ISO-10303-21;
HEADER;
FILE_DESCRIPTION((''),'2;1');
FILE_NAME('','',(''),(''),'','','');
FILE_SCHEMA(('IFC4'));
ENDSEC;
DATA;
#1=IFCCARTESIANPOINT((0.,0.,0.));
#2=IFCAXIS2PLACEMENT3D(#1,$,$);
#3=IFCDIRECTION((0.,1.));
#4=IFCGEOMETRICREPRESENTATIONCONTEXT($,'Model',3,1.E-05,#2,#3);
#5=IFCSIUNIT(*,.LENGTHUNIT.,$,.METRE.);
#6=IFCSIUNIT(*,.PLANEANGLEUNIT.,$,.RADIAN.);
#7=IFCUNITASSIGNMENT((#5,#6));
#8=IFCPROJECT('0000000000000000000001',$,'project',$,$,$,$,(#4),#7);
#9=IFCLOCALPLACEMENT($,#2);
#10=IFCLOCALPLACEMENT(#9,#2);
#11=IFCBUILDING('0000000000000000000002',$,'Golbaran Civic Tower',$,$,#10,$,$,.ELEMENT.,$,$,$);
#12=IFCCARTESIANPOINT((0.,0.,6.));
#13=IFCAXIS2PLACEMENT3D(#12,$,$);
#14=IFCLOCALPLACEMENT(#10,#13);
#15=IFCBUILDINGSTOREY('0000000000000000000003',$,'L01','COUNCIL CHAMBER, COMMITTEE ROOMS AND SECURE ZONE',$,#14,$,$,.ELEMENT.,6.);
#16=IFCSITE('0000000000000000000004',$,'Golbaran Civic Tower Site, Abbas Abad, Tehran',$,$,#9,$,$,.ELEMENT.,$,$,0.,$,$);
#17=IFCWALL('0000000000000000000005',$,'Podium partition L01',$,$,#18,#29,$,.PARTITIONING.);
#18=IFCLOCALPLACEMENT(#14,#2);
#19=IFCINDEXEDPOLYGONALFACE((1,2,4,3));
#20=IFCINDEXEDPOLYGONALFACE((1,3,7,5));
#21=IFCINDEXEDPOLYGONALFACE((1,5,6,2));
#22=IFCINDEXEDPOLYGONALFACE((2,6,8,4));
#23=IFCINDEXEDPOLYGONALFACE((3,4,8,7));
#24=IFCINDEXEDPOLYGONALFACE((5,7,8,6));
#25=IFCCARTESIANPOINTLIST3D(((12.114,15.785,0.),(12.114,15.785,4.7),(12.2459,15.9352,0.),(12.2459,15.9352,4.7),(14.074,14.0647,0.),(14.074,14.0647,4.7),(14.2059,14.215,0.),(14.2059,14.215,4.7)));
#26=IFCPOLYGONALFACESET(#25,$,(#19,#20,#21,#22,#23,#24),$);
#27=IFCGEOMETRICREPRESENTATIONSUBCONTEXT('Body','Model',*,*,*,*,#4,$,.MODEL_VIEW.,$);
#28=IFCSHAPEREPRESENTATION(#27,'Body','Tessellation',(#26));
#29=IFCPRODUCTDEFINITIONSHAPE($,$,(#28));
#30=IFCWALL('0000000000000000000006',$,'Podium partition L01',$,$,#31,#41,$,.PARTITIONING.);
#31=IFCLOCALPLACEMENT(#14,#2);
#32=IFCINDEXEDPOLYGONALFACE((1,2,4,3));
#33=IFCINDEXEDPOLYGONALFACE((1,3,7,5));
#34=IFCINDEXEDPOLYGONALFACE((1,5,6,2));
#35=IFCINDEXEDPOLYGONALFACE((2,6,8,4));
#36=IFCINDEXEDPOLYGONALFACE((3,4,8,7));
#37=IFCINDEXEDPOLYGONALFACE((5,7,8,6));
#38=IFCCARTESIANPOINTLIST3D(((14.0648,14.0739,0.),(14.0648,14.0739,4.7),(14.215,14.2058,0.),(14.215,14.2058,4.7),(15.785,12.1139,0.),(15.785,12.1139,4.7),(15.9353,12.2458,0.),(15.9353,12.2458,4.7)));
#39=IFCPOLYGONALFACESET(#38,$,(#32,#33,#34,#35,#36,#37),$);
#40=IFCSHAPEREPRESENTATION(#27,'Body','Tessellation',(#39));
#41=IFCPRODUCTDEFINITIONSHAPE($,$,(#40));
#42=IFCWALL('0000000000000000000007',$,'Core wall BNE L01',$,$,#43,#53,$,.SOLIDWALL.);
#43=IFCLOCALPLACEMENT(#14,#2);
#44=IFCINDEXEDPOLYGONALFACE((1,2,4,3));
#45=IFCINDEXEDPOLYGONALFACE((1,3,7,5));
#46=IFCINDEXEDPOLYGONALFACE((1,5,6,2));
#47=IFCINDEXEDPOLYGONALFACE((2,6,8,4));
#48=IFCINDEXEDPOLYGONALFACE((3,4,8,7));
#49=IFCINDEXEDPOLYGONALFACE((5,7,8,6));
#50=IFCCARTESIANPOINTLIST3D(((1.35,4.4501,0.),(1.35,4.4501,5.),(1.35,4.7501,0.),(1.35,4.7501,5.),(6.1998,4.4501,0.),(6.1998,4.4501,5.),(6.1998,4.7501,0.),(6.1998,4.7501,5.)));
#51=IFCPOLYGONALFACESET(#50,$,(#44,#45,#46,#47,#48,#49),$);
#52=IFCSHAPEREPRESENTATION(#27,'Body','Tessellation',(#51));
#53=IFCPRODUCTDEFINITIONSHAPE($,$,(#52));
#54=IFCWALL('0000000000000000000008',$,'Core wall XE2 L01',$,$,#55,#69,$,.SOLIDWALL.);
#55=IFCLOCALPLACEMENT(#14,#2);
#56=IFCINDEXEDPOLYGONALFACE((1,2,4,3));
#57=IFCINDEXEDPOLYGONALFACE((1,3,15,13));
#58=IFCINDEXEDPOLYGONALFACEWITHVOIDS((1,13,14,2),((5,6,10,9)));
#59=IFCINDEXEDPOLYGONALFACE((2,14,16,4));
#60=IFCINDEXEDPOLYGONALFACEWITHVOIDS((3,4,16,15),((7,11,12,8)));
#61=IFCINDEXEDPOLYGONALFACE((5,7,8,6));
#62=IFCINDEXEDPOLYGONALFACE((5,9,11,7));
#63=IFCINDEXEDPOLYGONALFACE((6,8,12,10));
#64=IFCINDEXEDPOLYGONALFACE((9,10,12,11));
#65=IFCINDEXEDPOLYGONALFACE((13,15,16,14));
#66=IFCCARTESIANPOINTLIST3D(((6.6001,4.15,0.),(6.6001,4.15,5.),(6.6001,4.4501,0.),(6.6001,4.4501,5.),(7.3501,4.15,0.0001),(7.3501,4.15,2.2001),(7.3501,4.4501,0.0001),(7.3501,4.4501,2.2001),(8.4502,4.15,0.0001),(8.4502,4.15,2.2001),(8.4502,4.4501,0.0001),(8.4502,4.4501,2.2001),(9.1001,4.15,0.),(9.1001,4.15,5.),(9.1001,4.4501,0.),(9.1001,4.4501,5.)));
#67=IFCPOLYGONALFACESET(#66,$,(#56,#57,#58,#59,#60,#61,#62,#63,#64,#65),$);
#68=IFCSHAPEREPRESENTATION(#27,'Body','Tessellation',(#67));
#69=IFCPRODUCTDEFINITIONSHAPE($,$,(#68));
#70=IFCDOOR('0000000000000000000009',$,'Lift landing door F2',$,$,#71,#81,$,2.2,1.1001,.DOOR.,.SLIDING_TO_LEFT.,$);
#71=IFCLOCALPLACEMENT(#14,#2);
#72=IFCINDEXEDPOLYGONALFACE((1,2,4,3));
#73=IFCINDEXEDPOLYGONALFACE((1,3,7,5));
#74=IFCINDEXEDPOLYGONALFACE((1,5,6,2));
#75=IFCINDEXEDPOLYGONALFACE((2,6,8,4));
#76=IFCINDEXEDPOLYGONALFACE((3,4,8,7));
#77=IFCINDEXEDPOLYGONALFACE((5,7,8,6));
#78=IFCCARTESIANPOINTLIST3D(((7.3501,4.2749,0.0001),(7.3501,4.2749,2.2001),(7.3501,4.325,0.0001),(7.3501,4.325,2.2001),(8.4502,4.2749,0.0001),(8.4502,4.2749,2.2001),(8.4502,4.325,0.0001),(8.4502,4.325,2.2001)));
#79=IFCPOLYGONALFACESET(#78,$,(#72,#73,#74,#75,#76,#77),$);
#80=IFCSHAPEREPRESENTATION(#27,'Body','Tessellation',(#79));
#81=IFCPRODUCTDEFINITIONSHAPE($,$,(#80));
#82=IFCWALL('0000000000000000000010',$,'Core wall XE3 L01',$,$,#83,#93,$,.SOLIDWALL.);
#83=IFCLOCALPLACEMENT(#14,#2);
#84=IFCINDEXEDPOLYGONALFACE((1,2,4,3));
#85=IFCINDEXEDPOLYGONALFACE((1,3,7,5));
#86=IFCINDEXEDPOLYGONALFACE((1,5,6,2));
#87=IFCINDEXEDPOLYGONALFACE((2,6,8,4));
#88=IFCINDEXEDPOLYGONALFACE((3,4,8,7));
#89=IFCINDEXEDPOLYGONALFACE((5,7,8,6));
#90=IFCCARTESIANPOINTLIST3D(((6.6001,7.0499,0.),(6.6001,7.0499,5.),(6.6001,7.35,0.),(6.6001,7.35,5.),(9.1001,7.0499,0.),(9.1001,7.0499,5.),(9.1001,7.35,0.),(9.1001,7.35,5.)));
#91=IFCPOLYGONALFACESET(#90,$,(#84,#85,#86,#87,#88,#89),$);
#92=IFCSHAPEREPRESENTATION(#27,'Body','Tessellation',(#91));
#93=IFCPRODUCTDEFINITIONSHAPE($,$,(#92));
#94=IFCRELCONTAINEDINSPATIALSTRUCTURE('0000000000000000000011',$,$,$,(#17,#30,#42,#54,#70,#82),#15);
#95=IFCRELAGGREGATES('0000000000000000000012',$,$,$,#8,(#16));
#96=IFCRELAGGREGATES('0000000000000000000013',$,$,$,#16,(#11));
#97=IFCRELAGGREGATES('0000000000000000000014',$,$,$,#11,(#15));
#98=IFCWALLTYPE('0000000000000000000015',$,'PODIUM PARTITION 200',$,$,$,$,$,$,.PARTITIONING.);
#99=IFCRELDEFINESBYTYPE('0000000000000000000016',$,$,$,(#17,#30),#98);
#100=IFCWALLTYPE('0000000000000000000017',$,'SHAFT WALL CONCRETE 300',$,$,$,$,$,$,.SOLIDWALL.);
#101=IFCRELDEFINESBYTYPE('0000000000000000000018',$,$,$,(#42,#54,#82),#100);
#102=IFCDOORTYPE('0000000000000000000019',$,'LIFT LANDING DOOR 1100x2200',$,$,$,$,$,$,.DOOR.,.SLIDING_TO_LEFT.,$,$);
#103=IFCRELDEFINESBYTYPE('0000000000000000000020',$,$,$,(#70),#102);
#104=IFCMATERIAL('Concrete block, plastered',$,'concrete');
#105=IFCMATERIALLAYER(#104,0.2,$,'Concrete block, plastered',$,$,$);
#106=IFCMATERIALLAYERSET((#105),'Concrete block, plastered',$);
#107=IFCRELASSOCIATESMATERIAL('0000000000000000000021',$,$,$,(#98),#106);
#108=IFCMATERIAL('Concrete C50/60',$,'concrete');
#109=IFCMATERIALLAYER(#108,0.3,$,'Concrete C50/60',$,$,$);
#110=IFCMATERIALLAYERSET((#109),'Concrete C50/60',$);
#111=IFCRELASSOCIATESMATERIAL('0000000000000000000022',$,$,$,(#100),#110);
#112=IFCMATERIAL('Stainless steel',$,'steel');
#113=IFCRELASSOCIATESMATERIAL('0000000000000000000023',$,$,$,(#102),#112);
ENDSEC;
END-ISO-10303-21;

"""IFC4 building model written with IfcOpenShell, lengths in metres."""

from ifc_helpers import new_model, si_unit, direction, frame, frame_2d, origin, place, context, subcontext, project, spatial, rectangle, extrude, material, layer, layer_set, type_object, element, fill, save


model = new_model("IFC4")

# Units and contexts
model_context = context("Model", 3, precision=1e-05, world=origin(), true_north=direction((0.0, 1.0)))
body_context = subcontext(model_context, "Body", "Model", "MODEL_VIEW")
ifc_project = project(units=[si_unit("LENGTHUNIT", "METRE"), si_unit("PLANEANGLEUNIT", "RADIAN")], contexts=[model_context])

# Site, building, storey
site_placement = place(None, origin())
site = spatial("IfcSite", under=ifc_project, at=site_placement, Name="Golbaran Civic Tower Site, Abbas Abad, Tehran", CompositionType="ELEMENT", RefElevation=0.0)
building_placement = place(site_placement, origin())
building = spatial("IfcBuilding", under=site, at=building_placement, Name="Golbaran Civic Tower", CompositionType="ELEMENT")
storey_placement = place(building_placement, frame((0.0, 0.0, 6.0)))
storey = spatial("IfcBuildingStorey", under=building, at=storey_placement, Name="L01", Description="COUNCIL CHAMBER, COMMITTEE ROOMS AND SECURE ZONE", CompositionType="ELEMENT", Elevation=6.0)

# Shared definitions
ifc_material_1 = material(Name="Concrete C50/60", Category="concrete")

# Shared definitions
ifc_material_2 = material(Name="Concrete block, plastered", Category="concrete")
ifc_layer_1 = layer(ifc_material_2, 0.2, Name="Concrete block, plastered")
ifc_layer_set_1 = layer_set([ifc_layer_1], Name="Concrete block, plastered")
wall_type_1 = type_object("IfcWallType", Name="PODIUM PARTITION 200", PredefinedType="PARTITIONING", material=ifc_layer_set_1)

# Walls
for number, where, z_axis, x_axis, name in (
    (1, (12.1799, 15.8601, 0.0), (0.0, 0.0, 1.0), (0.751578, -0.659644, 0.0), "Podium partition L01"),
    (2, (14.1399, 14.1399, 0.0), (0.0, 0.0, 1.0), (0.659644, -0.751578, 0.0), "Podium partition L01"),
):
    element("IfcWall", number, at=place(storey_placement, frame(where, z_axis=z_axis, x_axis=x_axis)), inside=storey, type_object=wall_type_1, Name=name, PredefinedType="PARTITIONING", context=body_context, shape_type="SweptSolid", body=[
        extrude(rectangle(XDim=2.6079, YDim=0.2, at=frame_2d((1.304, 0.0))), origin(), (0.0, 0.0, 1.0), 4.7),
    ])
ifc_layer_2 = layer(ifc_material_1, 0.3, Name="Concrete C50/60")
ifc_layer_set_2 = layer_set([ifc_layer_2], Name="Concrete C50/60")
wall_type_2 = type_object("IfcWallType", Name="SHAFT WALL CONCRETE 300", PredefinedType="SOLIDWALL", material=ifc_layer_set_2)
wall_1_placement = place(storey_placement, frame((1.3501, 4.6001, 0.0), z_axis=(0.0, 0.0, 1.0), x_axis=(1.0, 0.0, 0.0)))
element("IfcWall", 3, at=wall_1_placement, inside=storey, type_object=wall_type_2, Name="Core wall BNE L01", PredefinedType="SOLIDWALL", context=body_context, shape_type="SweptSolid", body=[
    extrude(rectangle(XDim=4.8499, YDim=0.3, at=frame_2d((2.4248, 0.0))), origin(), (0.0, 0.0, 1.0), 5.0),
])

# Wall, opening, door
wall_2_placement = place(storey_placement, frame((6.6001, 4.3, 0.0), z_axis=(0.0, 0.0, 1.0), x_axis=(1.0, 0.0, 0.0)))
wall_2 = element("IfcWall", 4, at=wall_2_placement, inside=storey, type_object=wall_type_2, Name="Core wall XE2 L01", PredefinedType="SOLIDWALL", context=body_context, shape_type="SweptSolid", body=[
    extrude(rectangle(XDim=2.5, YDim=0.3, at=frame_2d((1.25, 0.0))), origin(), (0.0, 0.0, 1.0), 5.0),
])
opening_1_placement = place(wall_2_placement, frame((0.75, 0.0, 0.0)))
opening_1 = element("IfcOpeningElement", 5, at=opening_1_placement, cuts=wall_2, PredefinedType="OPENING", context=body_context, shape_type="SweptSolid", body=[
    extrude(rectangle(XDim=1.1001, YDim=2.2, at=frame_2d((0.55, 1.1001))), frame((0.0, 0.1599, 0.0), z_axis=(0.0, -1.0, 0.0), x_axis=(1.0, 0.0, 0.0)), (0.0, 0.0, 1.0), 0.3201),
])
ifc_material_3 = material(Name="Stainless steel", Category="steel")
door_type_1 = type_object("IfcDoorType", Name="LIFT LANDING DOOR 1100x2200", OperationType="SLIDING_TO_LEFT", PredefinedType="DOOR", material=ifc_material_3)
door_1_placement = place(opening_1_placement, origin())
door_1 = element("IfcDoor", 6, at=door_1_placement, inside=storey, type_object=door_type_1, Name="Lift landing door F2", OperationType="SLIDING_TO_LEFT", OverallHeight=2.2, OverallWidth=1.1001, PredefinedType="DOOR", context=body_context, shape_type="SweptSolid", body=[
    extrude(rectangle(XDim=1.1001, YDim=2.2, at=frame_2d((0.55, 1.1001))), frame((0.0, 0.0249, 0.0), z_axis=(0.0, -1.0, 0.0), x_axis=(1.0, 0.0, 0.0)), (0.0, 0.0, 1.0), 0.05),
])
fill(opening_1, door_1)

# Wall
wall_3_placement = place(storey_placement, frame((6.6001, 7.2, 0.0), z_axis=(0.0, 0.0, 1.0), x_axis=(1.0, 0.0, 0.0)))
element("IfcWall", 7, at=wall_3_placement, inside=storey, type_object=wall_type_2, Name="Core wall XE3 L01", PredefinedType="SOLIDWALL", context=body_context, shape_type="SweptSolid", body=[
    extrude(rectangle(XDim=2.5, YDim=0.3, at=frame_2d((1.25, 0.0))), origin(), (0.0, 0.0, 1.0), 5.0),
])

save(model, "model.ifc")
